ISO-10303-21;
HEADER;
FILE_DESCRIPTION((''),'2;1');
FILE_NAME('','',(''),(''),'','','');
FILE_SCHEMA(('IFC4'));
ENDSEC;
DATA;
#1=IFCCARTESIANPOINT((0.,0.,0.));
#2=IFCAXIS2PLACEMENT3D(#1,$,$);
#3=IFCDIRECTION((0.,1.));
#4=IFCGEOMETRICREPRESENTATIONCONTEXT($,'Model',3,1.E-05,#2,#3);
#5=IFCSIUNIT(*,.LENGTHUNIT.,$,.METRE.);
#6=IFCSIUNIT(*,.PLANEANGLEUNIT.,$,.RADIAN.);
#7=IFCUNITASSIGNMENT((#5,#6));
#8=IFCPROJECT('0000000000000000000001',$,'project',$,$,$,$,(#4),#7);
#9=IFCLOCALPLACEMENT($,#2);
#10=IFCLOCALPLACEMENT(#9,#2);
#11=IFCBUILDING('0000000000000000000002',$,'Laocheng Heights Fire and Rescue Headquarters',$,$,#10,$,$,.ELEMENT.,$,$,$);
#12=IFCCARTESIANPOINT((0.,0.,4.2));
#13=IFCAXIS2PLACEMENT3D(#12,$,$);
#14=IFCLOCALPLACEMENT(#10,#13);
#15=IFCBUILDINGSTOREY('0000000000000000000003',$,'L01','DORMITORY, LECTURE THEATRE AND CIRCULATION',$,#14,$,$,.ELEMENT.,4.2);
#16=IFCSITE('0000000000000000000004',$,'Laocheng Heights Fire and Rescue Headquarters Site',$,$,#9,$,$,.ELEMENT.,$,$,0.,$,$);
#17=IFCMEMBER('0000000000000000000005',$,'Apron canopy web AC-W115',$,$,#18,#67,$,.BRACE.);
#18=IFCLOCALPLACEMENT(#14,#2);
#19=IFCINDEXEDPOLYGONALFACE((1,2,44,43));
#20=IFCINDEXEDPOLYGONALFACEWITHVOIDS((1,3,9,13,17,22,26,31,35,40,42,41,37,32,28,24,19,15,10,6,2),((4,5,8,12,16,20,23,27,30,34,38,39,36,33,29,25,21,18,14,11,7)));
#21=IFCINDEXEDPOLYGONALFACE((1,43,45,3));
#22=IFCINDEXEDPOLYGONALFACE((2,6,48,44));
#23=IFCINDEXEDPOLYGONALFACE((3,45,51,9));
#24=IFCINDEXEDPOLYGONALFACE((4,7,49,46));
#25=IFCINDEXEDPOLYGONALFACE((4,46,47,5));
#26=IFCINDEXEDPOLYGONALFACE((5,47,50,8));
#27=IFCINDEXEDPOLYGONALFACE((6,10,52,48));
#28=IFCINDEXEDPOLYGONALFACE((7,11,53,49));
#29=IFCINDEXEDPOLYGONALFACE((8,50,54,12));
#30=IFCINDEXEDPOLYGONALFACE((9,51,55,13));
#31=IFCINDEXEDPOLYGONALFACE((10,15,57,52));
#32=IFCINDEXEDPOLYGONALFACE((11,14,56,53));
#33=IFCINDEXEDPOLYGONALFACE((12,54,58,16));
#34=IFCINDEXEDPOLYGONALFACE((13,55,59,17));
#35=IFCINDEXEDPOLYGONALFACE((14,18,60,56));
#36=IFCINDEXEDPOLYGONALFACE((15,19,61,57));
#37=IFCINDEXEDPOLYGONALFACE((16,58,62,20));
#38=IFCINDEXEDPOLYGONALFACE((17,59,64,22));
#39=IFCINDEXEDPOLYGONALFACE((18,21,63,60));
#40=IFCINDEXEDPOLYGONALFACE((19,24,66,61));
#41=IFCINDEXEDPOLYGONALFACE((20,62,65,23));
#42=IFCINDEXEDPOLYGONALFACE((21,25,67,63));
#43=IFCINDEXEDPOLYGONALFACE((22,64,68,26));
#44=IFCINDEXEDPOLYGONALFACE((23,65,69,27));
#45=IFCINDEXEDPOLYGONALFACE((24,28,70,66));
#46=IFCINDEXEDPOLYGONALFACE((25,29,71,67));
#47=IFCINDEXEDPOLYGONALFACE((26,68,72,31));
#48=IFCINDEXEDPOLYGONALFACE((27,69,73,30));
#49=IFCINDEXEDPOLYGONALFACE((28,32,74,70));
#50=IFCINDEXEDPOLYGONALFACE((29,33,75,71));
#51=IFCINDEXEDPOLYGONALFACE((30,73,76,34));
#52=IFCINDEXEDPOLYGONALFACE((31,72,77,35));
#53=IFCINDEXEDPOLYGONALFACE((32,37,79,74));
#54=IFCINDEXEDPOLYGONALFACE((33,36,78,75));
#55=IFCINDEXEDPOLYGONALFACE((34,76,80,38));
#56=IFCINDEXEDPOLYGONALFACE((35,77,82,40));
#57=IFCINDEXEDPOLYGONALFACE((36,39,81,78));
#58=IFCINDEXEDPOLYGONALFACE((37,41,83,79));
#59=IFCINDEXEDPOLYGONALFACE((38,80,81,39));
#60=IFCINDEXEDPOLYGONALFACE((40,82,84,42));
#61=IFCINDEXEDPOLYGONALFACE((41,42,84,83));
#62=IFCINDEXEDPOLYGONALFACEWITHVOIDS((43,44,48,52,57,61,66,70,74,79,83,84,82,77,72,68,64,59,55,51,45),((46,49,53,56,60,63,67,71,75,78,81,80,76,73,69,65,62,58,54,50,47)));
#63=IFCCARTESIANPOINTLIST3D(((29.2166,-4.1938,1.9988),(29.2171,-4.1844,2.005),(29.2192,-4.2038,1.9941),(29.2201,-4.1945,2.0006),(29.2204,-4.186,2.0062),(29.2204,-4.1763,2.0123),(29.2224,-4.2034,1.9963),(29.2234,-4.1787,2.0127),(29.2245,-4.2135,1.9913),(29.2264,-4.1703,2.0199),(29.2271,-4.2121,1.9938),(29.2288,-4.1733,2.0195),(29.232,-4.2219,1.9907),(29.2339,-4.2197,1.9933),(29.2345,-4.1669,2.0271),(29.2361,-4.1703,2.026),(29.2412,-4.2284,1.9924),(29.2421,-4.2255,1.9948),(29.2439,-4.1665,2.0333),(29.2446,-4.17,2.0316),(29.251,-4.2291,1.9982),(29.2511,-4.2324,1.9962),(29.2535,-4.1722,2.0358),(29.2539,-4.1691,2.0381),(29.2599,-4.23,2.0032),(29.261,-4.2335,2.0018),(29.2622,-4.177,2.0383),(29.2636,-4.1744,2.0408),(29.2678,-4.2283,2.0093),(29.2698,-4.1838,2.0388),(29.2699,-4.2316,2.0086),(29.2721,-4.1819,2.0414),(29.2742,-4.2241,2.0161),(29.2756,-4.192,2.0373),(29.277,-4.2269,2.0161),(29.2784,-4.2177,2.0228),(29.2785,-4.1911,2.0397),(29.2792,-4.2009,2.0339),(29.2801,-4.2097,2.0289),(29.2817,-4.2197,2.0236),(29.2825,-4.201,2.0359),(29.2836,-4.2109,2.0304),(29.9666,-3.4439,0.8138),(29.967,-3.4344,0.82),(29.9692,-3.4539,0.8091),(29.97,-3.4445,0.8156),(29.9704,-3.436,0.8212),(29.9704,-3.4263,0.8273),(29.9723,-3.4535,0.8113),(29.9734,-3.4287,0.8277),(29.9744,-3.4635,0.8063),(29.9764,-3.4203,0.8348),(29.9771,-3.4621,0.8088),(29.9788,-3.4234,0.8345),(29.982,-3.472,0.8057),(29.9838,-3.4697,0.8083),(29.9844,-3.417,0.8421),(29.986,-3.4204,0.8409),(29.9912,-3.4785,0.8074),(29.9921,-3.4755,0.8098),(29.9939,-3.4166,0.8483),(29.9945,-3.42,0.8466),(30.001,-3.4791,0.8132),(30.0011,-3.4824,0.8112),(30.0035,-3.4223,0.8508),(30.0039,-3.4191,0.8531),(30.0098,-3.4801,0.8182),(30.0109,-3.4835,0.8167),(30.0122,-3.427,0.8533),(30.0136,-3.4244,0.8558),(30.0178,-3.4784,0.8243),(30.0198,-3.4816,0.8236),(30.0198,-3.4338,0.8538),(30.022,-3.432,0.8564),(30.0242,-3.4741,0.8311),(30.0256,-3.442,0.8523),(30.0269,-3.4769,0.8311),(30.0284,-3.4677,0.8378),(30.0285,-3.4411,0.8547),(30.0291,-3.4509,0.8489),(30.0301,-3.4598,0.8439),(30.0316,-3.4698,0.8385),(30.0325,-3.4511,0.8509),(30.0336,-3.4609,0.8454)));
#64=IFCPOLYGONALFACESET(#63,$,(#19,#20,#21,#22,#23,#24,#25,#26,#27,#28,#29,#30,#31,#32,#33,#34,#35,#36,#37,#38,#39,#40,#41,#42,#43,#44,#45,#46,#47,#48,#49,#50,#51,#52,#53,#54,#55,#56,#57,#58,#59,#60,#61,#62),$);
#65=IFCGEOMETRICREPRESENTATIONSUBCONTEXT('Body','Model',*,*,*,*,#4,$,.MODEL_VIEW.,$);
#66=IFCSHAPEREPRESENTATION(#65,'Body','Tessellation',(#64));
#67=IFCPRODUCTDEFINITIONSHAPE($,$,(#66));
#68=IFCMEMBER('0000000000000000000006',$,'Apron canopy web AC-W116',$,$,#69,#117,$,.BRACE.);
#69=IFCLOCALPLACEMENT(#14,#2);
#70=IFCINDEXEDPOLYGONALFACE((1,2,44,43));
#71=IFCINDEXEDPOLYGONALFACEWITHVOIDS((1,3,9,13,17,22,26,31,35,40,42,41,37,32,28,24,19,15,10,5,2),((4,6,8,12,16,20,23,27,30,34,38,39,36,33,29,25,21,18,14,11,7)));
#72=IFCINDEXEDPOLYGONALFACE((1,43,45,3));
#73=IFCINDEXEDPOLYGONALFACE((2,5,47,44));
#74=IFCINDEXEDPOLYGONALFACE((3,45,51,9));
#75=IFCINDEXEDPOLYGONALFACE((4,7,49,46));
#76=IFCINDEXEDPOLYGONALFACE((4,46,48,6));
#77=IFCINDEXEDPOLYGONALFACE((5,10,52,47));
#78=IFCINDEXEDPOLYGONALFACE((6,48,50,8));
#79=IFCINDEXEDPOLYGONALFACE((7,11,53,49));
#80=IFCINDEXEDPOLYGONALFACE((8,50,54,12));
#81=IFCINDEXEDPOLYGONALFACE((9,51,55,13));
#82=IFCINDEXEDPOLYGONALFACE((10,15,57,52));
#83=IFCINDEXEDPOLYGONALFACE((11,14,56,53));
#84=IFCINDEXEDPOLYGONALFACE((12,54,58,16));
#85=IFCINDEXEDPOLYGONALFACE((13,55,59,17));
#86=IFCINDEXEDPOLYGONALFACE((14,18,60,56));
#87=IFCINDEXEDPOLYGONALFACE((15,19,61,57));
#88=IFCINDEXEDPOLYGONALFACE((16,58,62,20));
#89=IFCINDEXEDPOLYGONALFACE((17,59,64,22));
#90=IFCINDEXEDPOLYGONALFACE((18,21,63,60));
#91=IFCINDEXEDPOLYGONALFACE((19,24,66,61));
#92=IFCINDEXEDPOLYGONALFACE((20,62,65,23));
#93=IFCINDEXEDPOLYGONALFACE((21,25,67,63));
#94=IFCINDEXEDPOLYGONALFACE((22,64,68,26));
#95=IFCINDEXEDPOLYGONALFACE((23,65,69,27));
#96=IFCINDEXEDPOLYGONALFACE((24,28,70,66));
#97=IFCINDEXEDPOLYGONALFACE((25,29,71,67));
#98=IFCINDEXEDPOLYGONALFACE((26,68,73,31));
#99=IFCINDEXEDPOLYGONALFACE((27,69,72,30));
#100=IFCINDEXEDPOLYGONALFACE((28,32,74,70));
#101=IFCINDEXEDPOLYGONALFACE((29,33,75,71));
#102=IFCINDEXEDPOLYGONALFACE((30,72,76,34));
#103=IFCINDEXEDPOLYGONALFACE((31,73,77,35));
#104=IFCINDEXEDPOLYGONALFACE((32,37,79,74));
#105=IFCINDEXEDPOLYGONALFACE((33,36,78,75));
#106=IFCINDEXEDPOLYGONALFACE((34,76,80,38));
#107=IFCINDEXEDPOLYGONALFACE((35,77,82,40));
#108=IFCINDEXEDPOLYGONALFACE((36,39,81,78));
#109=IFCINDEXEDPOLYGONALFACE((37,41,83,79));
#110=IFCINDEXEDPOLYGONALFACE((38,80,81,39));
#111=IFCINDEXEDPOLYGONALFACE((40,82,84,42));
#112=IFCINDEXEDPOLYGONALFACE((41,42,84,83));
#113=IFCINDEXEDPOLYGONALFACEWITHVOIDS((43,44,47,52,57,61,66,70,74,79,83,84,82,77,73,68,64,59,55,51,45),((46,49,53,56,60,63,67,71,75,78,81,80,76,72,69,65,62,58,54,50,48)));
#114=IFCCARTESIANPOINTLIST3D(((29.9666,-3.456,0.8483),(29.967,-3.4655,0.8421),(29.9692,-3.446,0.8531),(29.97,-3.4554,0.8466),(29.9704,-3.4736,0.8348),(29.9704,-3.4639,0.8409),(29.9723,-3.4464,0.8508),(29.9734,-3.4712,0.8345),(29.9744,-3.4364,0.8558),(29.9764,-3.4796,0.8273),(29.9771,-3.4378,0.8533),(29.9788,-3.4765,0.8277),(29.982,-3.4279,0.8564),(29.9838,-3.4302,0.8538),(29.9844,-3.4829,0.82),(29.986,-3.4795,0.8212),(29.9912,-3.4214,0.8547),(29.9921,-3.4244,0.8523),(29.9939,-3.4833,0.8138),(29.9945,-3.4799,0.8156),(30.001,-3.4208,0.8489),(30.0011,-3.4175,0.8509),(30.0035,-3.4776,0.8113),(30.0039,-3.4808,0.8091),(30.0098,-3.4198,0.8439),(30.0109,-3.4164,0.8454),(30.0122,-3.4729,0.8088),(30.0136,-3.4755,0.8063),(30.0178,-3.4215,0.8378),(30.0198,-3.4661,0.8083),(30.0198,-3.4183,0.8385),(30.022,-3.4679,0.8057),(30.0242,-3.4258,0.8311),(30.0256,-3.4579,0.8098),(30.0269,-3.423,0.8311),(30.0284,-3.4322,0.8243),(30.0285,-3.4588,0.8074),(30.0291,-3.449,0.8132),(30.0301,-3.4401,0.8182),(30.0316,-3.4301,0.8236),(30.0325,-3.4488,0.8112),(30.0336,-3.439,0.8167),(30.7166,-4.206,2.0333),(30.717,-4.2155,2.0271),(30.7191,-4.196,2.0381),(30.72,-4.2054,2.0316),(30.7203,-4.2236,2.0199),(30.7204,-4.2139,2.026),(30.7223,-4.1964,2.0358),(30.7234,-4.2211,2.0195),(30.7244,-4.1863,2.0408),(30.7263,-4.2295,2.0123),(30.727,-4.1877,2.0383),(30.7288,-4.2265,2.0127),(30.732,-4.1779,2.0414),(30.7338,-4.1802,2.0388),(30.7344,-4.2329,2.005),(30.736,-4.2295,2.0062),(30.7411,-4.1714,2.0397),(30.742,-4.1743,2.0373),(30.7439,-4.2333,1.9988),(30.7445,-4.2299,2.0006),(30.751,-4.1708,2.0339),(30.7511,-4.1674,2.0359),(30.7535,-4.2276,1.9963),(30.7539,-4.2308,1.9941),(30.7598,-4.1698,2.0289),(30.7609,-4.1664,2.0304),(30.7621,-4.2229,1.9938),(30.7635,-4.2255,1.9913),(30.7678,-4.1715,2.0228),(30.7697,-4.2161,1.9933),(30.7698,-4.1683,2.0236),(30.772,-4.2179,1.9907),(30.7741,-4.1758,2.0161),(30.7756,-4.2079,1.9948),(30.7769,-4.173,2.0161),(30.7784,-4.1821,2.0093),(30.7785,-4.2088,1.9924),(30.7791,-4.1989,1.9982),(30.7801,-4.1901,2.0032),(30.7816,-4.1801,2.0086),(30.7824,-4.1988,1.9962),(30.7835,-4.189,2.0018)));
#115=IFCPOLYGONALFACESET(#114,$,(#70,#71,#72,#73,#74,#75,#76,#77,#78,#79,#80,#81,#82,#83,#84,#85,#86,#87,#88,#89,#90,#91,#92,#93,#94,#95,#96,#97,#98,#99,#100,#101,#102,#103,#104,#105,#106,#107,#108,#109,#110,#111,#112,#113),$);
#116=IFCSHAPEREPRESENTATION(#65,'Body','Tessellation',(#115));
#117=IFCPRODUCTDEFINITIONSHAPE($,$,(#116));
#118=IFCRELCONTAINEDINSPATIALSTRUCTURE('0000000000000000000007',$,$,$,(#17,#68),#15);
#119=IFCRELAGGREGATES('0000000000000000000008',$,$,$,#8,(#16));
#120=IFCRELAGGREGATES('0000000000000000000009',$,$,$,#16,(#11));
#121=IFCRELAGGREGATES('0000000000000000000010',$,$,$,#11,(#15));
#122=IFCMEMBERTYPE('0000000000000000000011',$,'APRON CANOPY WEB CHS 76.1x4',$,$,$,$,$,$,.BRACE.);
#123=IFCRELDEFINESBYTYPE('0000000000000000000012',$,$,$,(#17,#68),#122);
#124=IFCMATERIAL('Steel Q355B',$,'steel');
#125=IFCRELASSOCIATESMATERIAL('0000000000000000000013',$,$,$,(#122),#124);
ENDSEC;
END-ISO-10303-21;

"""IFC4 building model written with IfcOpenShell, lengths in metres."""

from ifc_helpers import new_model, si_unit, direction, frame, origin, origin_2d, place, context, subcontext, project, spatial, hollow_circle, extrude, material, material_profile, profile_set, type_object, element, save


model = new_model("IFC4")

# Units and contexts
model_context = context("Model", 3, precision=1e-05, world=origin(), true_north=direction((0.0, 1.0)))
body_context = subcontext(model_context, "Body", "Model", "MODEL_VIEW")
ifc_project = project(units=[si_unit("LENGTHUNIT", "METRE"), si_unit("PLANEANGLEUNIT", "RADIAN")], contexts=[model_context])

# Site, building, storey
site_placement = place(None, origin())
site = spatial("IfcSite", under=ifc_project, at=site_placement, Name="Laocheng Heights Fire and Rescue Headquarters Site", CompositionType="ELEMENT", RefElevation=0.0)
building_placement = place(site_placement, origin())
building = spatial("IfcBuilding", under=site, at=building_placement, Name="Laocheng Heights Fire and Rescue Headquarters", CompositionType="ELEMENT")
storey_placement = place(building_placement, frame((0.0, 0.0, 4.2)))
storey = spatial("IfcBuildingStorey", under=building, at=storey_placement, Name="L01", Description="DORMITORY, LECTURE THEATRE AND CIRCULATION", CompositionType="ELEMENT", Elevation=4.2)

# Members
ifc_material_1 = material(Name="Steel Q355B", Category="steel")
ifc_material_profile_1 = material_profile(ifc_material_1, hollow_circle(Radius=0.0381, WallThickness=0.0039, at=origin_2d()), Name="CHS 76.1x4")
ifc_profile_set_1 = profile_set([ifc_material_profile_1], Name="Steel Q355B")
member_type_1 = type_object("IfcMemberType", Name="APRON CANOPY WEB CHS 76.1x4", PredefinedType="BRACE", material=ifc_profile_set_1)
for number, where, z_axis, x_axis, name in (
    (1, (30.0, -3.45, 0.8311), (-0.47158, -0.47158, 0.745134), (0.707107, -0.707107, 0.0), "Apron canopy web AC-W115"),
    (2, (30.0, -3.45, 0.8311), (0.47158, -0.47158, 0.745134), (0.707107, 0.707107, 0.0), "Apron canopy web AC-W116"),
):
    element("IfcMember", number, at=place(storey_placement, frame(where, z_axis=z_axis, x_axis=x_axis)), inside=storey, type_object=member_type_1, Name=name, PredefinedType="BRACE", context=body_context, shape_type="SweptSolid", body=[
        extrude(hollow_circle(Radius=0.0381, WallThickness=0.0039, at=origin_2d()), origin(), (0.0, 0.0, 1.0), 1.5903),
    ])

save(model, "model.ifc")
